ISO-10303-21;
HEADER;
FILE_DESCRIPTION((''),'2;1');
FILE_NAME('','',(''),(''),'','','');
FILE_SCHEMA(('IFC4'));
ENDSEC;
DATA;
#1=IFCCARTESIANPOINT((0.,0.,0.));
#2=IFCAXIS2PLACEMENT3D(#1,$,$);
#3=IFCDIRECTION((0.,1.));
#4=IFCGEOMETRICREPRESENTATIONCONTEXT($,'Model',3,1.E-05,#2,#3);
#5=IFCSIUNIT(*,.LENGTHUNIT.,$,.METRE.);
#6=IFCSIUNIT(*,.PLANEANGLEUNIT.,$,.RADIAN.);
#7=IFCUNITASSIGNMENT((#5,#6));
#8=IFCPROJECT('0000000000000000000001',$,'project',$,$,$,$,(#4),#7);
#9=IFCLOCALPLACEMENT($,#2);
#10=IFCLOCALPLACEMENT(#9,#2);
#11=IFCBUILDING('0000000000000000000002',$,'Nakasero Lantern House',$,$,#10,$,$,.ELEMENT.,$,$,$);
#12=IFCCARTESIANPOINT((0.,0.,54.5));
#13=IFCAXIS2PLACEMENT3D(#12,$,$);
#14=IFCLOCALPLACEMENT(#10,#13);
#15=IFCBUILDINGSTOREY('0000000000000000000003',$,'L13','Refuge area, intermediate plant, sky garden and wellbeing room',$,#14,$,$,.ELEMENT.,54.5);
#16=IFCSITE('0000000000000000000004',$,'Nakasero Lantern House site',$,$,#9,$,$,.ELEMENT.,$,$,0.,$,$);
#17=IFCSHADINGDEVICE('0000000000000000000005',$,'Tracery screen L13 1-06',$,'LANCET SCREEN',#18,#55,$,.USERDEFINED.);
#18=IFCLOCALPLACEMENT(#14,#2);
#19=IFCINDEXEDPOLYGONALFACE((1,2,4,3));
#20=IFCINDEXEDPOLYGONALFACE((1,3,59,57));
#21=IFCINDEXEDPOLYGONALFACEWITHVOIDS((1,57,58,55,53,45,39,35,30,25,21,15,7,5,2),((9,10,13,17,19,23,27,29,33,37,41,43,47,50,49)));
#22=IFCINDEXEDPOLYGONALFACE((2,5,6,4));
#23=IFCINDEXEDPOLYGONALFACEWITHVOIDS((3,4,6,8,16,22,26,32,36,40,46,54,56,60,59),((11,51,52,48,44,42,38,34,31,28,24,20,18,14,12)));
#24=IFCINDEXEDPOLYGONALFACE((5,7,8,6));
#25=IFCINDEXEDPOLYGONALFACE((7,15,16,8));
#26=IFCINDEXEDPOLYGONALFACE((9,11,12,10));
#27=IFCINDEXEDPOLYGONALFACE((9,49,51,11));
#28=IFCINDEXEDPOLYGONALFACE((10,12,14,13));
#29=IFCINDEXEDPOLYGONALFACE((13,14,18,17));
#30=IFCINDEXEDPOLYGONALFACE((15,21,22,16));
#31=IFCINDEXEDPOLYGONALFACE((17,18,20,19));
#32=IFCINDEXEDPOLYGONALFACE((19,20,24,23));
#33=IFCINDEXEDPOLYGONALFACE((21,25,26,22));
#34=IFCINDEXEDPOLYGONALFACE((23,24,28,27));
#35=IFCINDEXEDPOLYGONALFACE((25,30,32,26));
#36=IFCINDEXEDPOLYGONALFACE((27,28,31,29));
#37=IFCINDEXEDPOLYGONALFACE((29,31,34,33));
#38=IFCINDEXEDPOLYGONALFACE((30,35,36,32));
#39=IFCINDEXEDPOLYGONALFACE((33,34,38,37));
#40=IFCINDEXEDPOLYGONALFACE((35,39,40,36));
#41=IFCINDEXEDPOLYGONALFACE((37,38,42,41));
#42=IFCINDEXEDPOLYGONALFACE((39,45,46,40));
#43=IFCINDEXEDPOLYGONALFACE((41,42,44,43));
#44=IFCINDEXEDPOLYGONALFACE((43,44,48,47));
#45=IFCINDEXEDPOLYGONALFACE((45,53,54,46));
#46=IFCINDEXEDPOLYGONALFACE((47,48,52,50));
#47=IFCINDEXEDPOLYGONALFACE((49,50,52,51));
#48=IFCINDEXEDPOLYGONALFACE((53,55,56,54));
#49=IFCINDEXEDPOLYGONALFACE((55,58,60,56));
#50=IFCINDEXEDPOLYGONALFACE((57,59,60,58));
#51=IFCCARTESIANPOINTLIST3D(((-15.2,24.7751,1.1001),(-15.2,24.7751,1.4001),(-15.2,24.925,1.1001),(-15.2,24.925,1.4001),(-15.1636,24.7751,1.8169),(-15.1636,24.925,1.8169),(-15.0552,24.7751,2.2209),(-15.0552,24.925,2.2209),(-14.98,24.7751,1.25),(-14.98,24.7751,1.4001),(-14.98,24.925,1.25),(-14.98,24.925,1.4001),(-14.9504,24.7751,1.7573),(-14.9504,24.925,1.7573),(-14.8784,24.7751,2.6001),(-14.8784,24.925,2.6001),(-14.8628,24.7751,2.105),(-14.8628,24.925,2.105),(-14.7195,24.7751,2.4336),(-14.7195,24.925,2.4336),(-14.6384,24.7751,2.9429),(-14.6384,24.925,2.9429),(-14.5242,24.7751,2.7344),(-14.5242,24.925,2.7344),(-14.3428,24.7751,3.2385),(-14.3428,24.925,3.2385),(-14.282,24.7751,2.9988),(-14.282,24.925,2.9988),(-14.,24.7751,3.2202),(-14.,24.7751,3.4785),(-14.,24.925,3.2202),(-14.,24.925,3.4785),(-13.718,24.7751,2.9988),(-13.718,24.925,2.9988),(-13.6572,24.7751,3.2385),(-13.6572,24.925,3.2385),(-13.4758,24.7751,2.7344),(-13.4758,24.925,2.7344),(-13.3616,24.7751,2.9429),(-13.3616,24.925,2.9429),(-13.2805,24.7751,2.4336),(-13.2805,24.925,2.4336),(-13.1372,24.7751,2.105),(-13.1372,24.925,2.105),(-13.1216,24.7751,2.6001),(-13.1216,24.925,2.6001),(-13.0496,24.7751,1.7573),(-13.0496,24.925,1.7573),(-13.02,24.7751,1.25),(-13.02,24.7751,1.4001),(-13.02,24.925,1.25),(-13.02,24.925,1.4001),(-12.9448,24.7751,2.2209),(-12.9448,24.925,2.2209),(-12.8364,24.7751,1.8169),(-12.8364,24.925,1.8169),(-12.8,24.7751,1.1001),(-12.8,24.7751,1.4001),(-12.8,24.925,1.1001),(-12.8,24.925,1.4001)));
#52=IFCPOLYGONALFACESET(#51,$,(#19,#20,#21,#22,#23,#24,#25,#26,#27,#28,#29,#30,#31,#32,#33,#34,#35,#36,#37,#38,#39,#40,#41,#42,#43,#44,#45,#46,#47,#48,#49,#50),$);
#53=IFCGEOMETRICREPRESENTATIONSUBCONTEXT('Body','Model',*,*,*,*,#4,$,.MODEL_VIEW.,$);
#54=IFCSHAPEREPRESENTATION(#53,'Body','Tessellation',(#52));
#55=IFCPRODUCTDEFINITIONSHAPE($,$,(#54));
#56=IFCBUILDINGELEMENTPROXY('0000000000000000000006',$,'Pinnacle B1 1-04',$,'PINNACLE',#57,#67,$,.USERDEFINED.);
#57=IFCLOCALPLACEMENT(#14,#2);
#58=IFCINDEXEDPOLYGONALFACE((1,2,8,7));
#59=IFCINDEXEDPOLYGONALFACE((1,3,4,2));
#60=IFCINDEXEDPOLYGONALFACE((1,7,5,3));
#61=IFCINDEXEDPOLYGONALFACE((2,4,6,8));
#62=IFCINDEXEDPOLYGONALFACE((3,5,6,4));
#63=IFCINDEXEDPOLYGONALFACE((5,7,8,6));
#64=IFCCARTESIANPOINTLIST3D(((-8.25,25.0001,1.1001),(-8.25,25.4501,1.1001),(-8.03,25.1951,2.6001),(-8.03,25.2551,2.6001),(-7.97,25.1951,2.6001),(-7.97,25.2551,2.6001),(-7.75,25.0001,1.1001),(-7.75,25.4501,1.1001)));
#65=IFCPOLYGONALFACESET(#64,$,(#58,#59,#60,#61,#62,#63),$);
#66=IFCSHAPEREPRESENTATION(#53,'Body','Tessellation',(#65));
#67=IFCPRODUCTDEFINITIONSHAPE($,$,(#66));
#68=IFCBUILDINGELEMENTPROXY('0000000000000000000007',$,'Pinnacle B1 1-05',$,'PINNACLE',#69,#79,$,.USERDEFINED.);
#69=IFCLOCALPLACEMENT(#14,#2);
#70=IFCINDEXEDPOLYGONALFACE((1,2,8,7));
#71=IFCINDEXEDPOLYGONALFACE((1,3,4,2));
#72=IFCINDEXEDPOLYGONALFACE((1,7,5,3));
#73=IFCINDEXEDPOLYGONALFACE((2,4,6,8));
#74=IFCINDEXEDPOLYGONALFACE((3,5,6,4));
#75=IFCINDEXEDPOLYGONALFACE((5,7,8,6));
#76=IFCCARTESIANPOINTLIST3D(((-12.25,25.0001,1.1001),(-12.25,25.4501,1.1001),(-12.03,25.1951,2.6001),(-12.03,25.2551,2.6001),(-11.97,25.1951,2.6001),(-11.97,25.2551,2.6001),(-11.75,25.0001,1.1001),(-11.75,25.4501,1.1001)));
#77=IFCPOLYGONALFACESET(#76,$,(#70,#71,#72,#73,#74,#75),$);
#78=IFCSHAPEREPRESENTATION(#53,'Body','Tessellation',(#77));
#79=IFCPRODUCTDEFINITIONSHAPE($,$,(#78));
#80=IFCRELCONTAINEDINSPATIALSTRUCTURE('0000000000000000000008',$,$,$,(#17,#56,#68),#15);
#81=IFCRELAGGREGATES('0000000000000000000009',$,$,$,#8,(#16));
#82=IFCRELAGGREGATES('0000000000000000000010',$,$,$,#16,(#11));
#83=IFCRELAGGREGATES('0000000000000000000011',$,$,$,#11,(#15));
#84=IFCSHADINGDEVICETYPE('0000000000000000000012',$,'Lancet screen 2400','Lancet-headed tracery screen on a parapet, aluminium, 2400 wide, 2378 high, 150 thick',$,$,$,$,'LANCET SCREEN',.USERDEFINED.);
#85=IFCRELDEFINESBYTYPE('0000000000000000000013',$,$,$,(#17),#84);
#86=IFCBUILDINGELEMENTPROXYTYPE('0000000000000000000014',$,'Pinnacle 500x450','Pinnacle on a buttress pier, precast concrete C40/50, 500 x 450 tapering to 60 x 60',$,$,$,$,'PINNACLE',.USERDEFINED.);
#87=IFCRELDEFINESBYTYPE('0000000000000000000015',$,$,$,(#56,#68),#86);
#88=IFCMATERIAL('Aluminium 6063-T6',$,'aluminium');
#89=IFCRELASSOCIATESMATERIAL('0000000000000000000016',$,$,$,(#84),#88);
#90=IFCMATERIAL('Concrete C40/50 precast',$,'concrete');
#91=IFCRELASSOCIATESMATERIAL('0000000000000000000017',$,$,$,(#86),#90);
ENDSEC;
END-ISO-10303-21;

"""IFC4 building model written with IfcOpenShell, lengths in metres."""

from ifc_helpers import new_model, entity, si_unit, direction, frame, origin, place, context, subcontext, project, spatial, polyline, outline, extrude, material, type_object, element, save


model = new_model("IFC4")

# Units and contexts
model_context = context("Model", 3, precision=1e-05, world=origin(), true_north=direction((0.0, 1.0)))
body_context = subcontext(model_context, "Body", "Model", "MODEL_VIEW")
ifc_project = project(units=[si_unit("LENGTHUNIT", "METRE"), si_unit("PLANEANGLEUNIT", "RADIAN")], contexts=[model_context])

# Site, building, storey
site_placement = place(None, origin())
site = spatial("IfcSite", under=ifc_project, at=site_placement, Name="Nakasero Lantern House site", CompositionType="ELEMENT", RefElevation=0.0)
building_placement = place(site_placement, origin())
building = spatial("IfcBuilding", under=site, at=building_placement, Name="Nakasero Lantern House", CompositionType="ELEMENT")
storey_placement = place(building_placement, frame((0.0, 0.0, 54.5)))
storey = spatial("IfcBuildingStorey", under=building, at=storey_placement, Name="L13", Description="Refuge area, intermediate plant, sky garden and wellbeing room", CompositionType="ELEMENT", Elevation=54.5)

# Shading device
ifc_material_1 = material(Name="Aluminium 6063-T6", Category="aluminium")
shading_device_type = type_object("IfcShadingDeviceType", Name="Lancet screen 2400", Description="Lancet-headed tracery screen on a parapet, aluminium, 2400 wide, 2378 high, 150 thick", ElementType="LANCET SCREEN", PredefinedType="USERDEFINED", material=ifc_material_1)
for number, where, z_axis, x_axis, name in (
    (1, (-14.0, 24.8501, 1.1001), (0.0, 0.0, 1.0), (-1.0, 0.0, 0.0), "Tracery screen L13 1-06"),
):
    element("IfcShadingDevice", number, at=place(storey_placement, frame(where, z_axis=z_axis, x_axis=x_axis)), inside=storey, type_object=shading_device_type, Name=name, ObjectType="LANCET SCREEN", PredefinedType="USERDEFINED", context=body_context, shape_type="SweptSolid", body=[
        extrude(outline(polyline([(-1.2, 0.0), (1.2, 0.0), (1.2, 0.3), (1.1636, 0.7168), (1.0552, 1.1208), (0.8784, 1.5), (0.6384, 1.8428), (0.3428, 2.1384), (0.0, 2.3784), (-0.3428, 2.1384), (-0.6384, 1.8428), (-0.8784, 1.5), (-1.0552, 1.1208), (-1.1636, 0.7168), (-1.2, 0.3), (-1.2, 0.0)]), holes=[polyline([(-0.98, 0.1499), (0.98, 0.1499), (0.98, 0.3), (0.9504, 0.6572), (0.8628, 1.0049), (0.7195, 1.3335), (0.5242, 1.6343), (0.282, 1.8987), (0.0, 2.1201), (-0.282, 1.8987), (-0.5242, 1.6343), (-0.7195, 1.3335), (-0.8628, 1.0049), (-0.9504, 0.6572), (-0.98, 0.3), (-0.98, 0.1499)])]), frame((0.0, 0.075, 0.0), z_axis=(0.0, -1.0, 0.0), x_axis=(1.0, 0.0, 0.0)), (0.0, 0.0, 1.0), 0.1499),
    ])

# Building element proxies
ifc_material_2 = material(Name="Concrete C40/50 precast", Category="concrete")
building_element_proxy_type = type_object("IfcBuildingElementProxyType", Name="Pinnacle 500x450", Description="Pinnacle on a buttress pier, precast concrete C40/50, 500 x 450 tapering to 60 x 60", ElementType="PINNACLE", PredefinedType="USERDEFINED", material=ifc_material_2)
for number, where, z_axis, x_axis, name in (
    (2, (-8.0, 25.2251, 1.1001), (0.0, 0.0, 1.0), (0.0, 1.0, 0.0), "Pinnacle B1 1-04"),
    (3, (-12.0, 25.2251, 1.1001), (0.0, 0.0, 1.0), (0.0, 1.0, 0.0), "Pinnacle B1 1-05"),
):
    element("IfcBuildingElementProxy", number, at=place(storey_placement, frame(where, z_axis=z_axis, x_axis=x_axis)), inside=storey, type_object=building_element_proxy_type, Name=name, ObjectType="PINNACLE", PredefinedType="USERDEFINED", context=body_context, shape_type="SweptSolid", body=[
        entity("IfcExtrudedAreaSolidTapered", entity("IfcRectangleProfileDef", "AREA", None, entity("IfcAxis2Placement2D", entity("IfcCartesianPoint", [0.0, 0.0])), 0.45, 0.5), entity("IfcAxis2Placement3D", entity("IfcCartesianPoint", [0.0, 0.0, 0.0])), entity("IfcDirection", [0.0, 0.0, 1.0]), 1.5, entity("IfcRectangleProfileDef", "AREA", None, entity("IfcAxis2Placement2D", entity("IfcCartesianPoint", [0.0, 0.0])), 0.0601, 0.0601)),
    ])

save(model, "model.ifc")
